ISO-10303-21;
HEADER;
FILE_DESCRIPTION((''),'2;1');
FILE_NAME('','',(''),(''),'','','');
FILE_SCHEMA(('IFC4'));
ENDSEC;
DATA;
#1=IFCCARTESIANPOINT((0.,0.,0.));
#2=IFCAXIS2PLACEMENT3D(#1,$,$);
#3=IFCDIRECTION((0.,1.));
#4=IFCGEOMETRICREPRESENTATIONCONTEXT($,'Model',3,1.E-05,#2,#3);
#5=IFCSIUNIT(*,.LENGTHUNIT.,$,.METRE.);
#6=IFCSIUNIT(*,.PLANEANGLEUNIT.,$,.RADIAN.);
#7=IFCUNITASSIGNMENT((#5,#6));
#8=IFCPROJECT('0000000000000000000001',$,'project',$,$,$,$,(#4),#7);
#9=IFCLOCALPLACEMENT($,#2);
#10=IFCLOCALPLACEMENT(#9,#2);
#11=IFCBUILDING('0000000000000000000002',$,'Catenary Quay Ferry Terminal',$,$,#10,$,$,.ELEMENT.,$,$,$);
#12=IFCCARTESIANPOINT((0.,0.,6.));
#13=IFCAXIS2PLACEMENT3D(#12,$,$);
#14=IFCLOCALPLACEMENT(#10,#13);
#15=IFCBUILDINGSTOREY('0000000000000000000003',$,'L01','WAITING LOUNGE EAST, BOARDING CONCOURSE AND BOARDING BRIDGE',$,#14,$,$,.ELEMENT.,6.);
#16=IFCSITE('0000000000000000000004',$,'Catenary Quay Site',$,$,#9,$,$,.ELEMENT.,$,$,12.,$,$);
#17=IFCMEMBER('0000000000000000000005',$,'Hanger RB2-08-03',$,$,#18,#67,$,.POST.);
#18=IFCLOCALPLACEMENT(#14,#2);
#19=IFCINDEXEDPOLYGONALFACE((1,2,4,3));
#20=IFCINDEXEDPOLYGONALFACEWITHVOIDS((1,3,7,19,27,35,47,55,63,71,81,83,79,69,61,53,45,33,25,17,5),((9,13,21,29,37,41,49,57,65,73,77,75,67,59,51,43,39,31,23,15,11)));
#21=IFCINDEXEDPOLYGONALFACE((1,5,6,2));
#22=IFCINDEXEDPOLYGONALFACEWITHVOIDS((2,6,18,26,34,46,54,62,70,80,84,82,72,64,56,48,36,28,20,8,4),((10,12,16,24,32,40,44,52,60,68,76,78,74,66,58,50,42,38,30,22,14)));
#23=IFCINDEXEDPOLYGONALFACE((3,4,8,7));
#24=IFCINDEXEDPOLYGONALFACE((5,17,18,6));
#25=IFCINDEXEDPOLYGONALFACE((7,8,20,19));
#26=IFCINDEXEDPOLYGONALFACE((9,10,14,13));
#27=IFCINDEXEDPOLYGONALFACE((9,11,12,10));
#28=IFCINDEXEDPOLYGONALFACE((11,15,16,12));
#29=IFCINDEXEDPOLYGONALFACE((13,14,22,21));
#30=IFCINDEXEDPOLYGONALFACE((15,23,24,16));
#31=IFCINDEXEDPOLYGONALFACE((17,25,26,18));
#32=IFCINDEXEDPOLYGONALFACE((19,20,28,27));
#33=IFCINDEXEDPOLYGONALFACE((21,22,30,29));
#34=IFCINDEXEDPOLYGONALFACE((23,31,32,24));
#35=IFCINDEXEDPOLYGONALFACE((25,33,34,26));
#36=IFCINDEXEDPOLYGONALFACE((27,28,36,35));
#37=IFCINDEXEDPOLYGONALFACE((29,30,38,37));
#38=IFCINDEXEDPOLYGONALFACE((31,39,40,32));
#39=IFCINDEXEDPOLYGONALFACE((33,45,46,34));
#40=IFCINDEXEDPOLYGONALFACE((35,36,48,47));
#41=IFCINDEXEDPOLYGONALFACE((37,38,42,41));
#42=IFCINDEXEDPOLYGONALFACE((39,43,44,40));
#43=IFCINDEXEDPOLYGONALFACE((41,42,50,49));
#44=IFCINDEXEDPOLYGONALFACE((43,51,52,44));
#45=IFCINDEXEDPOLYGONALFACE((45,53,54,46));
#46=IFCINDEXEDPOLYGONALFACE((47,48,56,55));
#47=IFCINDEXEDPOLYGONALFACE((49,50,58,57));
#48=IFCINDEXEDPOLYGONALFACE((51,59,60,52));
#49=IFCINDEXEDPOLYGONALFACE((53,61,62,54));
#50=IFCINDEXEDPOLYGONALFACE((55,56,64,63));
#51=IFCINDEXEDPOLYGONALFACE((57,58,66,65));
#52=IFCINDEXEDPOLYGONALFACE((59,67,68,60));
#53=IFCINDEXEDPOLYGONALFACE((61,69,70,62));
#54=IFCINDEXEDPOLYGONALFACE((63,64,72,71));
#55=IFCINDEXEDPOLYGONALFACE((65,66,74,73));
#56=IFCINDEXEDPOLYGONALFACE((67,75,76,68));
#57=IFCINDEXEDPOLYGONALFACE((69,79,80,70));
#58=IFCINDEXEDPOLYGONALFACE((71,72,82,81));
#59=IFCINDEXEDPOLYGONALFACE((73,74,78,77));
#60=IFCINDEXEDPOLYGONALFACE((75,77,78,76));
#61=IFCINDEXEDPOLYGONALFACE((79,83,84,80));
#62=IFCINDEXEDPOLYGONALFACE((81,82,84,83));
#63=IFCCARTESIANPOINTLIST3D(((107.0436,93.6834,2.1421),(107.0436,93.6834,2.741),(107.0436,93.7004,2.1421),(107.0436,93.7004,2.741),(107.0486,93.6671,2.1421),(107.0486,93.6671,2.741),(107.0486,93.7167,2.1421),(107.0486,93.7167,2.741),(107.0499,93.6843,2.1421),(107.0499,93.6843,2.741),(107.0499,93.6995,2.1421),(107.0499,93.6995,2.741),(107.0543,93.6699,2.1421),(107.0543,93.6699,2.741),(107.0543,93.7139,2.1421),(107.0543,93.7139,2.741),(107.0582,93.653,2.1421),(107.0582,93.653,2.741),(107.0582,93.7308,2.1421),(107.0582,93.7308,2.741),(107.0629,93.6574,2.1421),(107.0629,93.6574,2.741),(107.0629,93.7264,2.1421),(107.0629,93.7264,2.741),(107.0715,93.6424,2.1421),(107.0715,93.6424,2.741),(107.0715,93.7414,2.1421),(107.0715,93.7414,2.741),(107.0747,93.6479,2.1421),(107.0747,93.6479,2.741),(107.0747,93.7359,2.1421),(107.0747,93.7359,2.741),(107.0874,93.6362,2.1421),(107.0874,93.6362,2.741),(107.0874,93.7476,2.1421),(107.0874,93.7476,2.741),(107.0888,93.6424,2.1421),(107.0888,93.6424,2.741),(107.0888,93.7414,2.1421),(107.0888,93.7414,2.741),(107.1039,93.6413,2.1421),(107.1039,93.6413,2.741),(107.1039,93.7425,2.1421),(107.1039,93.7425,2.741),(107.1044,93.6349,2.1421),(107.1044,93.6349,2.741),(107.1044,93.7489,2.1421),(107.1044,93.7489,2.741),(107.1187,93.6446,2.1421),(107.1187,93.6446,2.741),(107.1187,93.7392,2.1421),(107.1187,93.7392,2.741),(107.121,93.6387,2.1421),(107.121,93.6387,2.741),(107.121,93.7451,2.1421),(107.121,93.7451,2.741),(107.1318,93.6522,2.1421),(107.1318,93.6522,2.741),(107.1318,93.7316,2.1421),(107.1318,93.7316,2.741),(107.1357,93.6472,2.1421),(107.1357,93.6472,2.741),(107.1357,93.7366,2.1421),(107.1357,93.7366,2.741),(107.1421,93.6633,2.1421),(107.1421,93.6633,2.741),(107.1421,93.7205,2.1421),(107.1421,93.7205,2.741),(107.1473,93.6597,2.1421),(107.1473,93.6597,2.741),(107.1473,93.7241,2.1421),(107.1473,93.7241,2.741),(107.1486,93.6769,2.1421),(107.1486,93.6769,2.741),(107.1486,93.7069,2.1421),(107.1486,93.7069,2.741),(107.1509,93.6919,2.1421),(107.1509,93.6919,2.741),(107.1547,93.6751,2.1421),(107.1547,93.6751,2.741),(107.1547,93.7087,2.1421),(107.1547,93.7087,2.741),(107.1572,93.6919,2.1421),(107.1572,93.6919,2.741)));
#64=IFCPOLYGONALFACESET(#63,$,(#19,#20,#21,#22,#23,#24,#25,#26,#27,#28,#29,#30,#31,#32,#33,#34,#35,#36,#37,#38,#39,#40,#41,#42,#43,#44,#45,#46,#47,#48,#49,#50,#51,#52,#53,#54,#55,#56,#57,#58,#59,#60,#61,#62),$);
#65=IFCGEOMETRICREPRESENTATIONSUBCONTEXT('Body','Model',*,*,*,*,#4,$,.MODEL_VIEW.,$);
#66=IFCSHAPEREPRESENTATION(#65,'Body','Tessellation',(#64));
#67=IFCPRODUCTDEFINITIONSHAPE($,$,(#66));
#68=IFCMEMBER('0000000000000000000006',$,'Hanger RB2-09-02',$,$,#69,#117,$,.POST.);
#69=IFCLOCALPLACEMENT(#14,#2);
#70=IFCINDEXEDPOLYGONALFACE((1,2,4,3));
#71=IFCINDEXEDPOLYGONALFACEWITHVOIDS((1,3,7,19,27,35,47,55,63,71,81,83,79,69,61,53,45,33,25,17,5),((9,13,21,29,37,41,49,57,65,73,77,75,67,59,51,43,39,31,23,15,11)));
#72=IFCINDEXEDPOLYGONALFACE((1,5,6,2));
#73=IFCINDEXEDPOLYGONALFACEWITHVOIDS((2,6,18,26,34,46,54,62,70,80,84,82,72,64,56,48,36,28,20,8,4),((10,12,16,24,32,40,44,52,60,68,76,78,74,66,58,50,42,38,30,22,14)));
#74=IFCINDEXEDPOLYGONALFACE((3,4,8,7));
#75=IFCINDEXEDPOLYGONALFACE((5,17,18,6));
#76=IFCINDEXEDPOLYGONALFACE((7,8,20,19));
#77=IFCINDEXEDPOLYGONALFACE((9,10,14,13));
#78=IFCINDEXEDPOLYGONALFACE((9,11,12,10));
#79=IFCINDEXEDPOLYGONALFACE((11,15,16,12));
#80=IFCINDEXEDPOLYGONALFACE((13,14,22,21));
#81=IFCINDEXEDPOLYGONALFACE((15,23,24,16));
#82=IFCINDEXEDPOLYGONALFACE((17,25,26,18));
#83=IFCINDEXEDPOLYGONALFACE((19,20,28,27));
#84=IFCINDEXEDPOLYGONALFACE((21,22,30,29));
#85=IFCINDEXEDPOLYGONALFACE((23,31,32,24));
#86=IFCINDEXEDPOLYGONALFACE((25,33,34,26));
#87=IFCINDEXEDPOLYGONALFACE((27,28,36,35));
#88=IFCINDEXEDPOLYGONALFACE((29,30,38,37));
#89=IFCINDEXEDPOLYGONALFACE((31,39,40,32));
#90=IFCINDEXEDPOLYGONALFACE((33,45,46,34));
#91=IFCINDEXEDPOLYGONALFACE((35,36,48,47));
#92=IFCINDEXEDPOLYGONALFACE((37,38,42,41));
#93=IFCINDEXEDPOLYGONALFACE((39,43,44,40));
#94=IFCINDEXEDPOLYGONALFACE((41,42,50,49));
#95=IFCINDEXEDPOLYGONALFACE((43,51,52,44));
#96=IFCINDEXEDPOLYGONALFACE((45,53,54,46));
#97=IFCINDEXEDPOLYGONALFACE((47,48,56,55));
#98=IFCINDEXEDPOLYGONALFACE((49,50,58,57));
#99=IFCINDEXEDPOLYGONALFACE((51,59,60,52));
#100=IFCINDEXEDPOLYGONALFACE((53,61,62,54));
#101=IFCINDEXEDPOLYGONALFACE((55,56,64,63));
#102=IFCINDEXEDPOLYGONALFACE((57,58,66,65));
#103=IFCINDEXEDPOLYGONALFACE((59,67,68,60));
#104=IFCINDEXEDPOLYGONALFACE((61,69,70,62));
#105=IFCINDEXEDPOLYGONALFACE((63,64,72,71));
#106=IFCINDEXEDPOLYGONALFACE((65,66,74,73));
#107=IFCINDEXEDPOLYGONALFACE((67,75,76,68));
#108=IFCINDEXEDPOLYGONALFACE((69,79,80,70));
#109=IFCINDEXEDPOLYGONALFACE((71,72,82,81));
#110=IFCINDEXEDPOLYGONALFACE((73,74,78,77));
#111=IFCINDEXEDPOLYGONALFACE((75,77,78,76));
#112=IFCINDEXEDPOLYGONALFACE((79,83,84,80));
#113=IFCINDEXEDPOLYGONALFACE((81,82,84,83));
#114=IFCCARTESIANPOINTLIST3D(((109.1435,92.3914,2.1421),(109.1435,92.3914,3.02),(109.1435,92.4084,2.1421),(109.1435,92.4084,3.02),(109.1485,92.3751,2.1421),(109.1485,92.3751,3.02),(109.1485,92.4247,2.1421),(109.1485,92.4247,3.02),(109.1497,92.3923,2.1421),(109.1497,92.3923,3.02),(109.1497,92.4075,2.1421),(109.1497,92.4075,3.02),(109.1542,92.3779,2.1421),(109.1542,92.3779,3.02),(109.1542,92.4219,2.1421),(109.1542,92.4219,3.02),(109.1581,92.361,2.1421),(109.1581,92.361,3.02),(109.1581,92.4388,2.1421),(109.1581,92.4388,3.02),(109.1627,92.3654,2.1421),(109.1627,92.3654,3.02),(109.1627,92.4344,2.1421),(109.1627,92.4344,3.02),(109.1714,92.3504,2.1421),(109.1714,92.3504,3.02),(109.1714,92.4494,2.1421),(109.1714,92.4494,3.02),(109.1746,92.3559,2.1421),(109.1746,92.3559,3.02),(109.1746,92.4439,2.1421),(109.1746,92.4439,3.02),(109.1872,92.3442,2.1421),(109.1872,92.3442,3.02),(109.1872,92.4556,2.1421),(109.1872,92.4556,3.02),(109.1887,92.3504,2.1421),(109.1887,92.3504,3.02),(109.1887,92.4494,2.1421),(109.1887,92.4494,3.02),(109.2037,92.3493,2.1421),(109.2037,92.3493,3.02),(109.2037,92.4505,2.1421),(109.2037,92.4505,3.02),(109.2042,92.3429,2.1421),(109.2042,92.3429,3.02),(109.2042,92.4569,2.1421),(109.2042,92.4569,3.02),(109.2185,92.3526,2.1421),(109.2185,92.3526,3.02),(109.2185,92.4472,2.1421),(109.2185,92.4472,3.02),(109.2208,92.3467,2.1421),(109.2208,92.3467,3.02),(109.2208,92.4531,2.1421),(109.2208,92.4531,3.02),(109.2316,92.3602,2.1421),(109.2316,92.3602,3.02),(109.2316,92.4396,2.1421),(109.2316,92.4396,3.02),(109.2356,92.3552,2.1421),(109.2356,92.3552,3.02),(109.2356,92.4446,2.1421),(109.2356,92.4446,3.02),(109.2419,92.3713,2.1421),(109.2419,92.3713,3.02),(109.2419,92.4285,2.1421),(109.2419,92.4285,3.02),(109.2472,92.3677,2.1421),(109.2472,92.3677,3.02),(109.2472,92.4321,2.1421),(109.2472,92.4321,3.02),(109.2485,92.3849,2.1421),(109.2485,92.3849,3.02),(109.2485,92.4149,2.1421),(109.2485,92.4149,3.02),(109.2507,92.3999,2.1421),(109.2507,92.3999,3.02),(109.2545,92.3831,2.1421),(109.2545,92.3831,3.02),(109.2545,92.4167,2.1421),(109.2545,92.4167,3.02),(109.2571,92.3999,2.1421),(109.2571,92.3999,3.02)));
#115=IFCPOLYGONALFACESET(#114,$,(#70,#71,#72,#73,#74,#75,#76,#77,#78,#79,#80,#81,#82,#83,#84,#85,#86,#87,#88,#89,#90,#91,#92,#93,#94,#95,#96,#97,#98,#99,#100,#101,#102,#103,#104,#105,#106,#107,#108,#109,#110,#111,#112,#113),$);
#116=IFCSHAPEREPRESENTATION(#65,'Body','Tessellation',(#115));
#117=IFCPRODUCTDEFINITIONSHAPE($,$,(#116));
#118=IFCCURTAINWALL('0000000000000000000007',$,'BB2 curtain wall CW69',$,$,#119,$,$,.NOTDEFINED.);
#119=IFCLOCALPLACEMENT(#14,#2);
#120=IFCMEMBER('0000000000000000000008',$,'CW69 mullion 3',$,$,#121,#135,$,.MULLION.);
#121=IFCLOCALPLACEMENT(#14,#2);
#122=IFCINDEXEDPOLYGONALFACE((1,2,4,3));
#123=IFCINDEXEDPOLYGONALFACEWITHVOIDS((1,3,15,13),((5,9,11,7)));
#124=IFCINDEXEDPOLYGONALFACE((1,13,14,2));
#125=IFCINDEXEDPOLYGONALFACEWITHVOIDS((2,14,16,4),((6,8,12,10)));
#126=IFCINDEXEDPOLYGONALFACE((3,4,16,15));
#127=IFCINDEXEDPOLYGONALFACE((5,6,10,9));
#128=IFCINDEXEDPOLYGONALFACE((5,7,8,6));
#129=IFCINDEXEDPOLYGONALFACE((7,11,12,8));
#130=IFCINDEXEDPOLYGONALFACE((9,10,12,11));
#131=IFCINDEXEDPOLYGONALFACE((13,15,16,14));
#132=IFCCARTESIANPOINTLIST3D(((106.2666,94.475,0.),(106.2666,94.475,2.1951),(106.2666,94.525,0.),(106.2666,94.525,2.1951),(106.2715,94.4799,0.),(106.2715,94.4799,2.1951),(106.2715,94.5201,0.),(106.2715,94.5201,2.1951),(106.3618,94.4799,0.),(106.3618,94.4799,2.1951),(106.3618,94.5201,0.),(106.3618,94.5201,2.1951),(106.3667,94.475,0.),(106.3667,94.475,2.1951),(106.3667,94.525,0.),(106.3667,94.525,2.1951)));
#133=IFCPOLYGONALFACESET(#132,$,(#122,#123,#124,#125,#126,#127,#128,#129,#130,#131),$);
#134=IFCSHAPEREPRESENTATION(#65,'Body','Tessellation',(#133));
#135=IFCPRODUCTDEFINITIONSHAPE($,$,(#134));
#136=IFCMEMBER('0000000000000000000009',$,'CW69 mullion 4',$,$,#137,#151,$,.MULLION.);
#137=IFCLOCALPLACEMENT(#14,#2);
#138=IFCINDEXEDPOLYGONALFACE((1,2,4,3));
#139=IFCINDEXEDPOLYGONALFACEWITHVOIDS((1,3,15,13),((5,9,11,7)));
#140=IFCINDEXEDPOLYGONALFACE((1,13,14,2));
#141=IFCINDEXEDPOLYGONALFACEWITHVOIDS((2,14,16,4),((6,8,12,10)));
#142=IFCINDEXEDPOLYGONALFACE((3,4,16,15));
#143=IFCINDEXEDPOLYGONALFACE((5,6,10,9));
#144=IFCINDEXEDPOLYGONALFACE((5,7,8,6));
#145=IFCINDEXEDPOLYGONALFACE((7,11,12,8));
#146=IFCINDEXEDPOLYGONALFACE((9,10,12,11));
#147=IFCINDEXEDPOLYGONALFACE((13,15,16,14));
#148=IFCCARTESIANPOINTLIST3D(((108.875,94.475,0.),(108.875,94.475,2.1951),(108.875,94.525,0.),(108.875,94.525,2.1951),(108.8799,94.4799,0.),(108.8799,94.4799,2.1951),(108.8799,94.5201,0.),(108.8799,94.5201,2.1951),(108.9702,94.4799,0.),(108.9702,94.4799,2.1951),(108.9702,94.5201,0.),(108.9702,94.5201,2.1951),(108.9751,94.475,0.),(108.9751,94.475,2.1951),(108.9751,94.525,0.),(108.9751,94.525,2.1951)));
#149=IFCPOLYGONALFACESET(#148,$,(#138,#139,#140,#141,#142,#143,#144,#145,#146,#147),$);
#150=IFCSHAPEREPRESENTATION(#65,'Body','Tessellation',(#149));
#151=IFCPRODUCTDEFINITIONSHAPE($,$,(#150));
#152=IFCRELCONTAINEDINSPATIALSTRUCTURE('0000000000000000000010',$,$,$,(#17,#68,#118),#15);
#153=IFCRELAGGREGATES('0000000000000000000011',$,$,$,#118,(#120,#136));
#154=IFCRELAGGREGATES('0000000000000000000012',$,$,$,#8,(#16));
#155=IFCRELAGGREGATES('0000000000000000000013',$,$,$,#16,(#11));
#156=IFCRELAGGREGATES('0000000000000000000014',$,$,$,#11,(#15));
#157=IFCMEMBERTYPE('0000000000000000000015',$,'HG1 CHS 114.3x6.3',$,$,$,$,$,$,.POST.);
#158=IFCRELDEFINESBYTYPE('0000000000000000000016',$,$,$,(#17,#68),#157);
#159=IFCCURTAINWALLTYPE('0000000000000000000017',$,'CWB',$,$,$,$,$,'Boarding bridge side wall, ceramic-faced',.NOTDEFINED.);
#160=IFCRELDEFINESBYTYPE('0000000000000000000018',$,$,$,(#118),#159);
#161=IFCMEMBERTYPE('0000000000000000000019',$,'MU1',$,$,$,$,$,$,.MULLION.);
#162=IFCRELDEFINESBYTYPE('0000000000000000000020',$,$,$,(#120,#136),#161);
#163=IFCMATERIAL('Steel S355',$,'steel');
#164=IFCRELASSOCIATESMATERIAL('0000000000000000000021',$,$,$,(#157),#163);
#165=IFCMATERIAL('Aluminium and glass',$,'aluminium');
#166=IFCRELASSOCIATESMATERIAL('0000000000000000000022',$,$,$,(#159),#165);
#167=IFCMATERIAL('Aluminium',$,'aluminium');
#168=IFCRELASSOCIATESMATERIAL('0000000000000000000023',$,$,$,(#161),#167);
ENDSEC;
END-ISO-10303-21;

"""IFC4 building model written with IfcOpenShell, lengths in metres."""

from ifc_helpers import new_model, si_unit, direction, frame, origin, origin_2d, place, context, subcontext, project, spatial, hollow_rectangle, hollow_circle, extrude, material, material_profile, profile_set, type_object, element, aggregate, save


model = new_model("IFC4")

# Units and contexts
model_context = context("Model", 3, precision=1e-05, world=origin(), true_north=direction((0.0, 1.0)))
body_context = subcontext(model_context, "Body", "Model", "MODEL_VIEW")
ifc_project = project(units=[si_unit("LENGTHUNIT", "METRE"), si_unit("PLANEANGLEUNIT", "RADIAN")], contexts=[model_context])

# Site, building, storey
site_placement = place(None, origin())
site = spatial("IfcSite", under=ifc_project, at=site_placement, Name="Catenary Quay Site", CompositionType="ELEMENT", RefElevation=12.0)
building_placement = place(site_placement, origin())
building = spatial("IfcBuilding", under=site, at=building_placement, Name="Catenary Quay Ferry Terminal", CompositionType="ELEMENT")
storey_placement = place(building_placement, frame((0.0, 0.0, 6.0)))
storey = spatial("IfcBuildingStorey", under=building, at=storey_placement, Name="L01", Description="WAITING LOUNGE EAST, BOARDING CONCOURSE AND BOARDING BRIDGE", CompositionType="ELEMENT", Elevation=6.0)

# Members
ifc_material_1 = material(Name="Steel S355", Category="steel")
ifc_material_profile_1 = material_profile(ifc_material_1, hollow_circle(Radius=0.0571, WallThickness=0.0063, at=origin_2d()), Name="CHS 114.3x6.3")
ifc_profile_set_1 = profile_set([ifc_material_profile_1], Name="Steel S355")
member_type_1 = type_object("IfcMemberType", Name="HG1 CHS 114.3x6.3", PredefinedType="POST", material=ifc_profile_set_1)
member_1_placement = place(storey_placement, frame((107.1001, 93.6919, 2.1421), z_axis=(0.0, 0.0, 1.0), x_axis=(1.0, 0.0, 0.0)))
element("IfcMember", 1, at=member_1_placement, inside=storey, type_object=member_type_1, Name="Hanger RB2-08-03", PredefinedType="POST", context=body_context, shape_type="SweptSolid", body=[
    extrude(hollow_circle(Radius=0.0571, WallThickness=0.0063, at=origin_2d()), origin(), (0.0, 0.0, 1.0), 0.5989),
])
member_2_placement = place(storey_placement, frame((109.2, 92.3999, 2.1421), z_axis=(0.0, 0.0, 1.0), x_axis=(1.0, 0.0, 0.0)))
element("IfcMember", 2, at=member_2_placement, inside=storey, type_object=member_type_1, Name="Hanger RB2-09-02", PredefinedType="POST", context=body_context, shape_type="SweptSolid", body=[
    extrude(hollow_circle(Radius=0.0571, WallThickness=0.0063, at=origin_2d()), origin(), (0.0, 0.0, 1.0), 0.8779),
])

# Curtain wall, members
ifc_material_2 = material(Name="Aluminium and glass", Category="aluminium")
curtain_wall_type = type_object("IfcCurtainWallType", Name="CWB", ElementType="Boarding bridge side wall, ceramic-faced", PredefinedType="NOTDEFINED", material=ifc_material_2)
curtain_wall_placement = place(storey_placement, origin())
curtain_wall = element("IfcCurtainWall", 3, at=curtain_wall_placement, inside=storey, type_object=curtain_wall_type, Name="BB2 curtain wall CW69", PredefinedType="NOTDEFINED")
ifc_material_3 = material(Name="Aluminium", Category="aluminium")
ifc_material_profile_2 = material_profile(ifc_material_3, hollow_rectangle(XDim=0.05, YDim=0.1001, WallThickness=0.0049, at=origin_2d()), Name="MU1")
ifc_profile_set_2 = profile_set([ifc_material_profile_2], Name="Aluminium")
member_type_2 = type_object("IfcMemberType", Name="MU1", PredefinedType="MULLION", material=ifc_profile_set_2)
member_3_placement = place(storey_placement, frame((106.3167, 94.5, 0.0), z_axis=(0.0, 0.0, 1.0), x_axis=(0.0, 1.0, 0.0)))
member_3 = element("IfcMember", 4, at=member_3_placement, type_object=member_type_2, Name="CW69 mullion 3", PredefinedType="MULLION", context=body_context, shape_type="SweptSolid", body=[
    extrude(hollow_rectangle(XDim=0.05, YDim=0.1001, WallThickness=0.0049, at=origin_2d()), origin(), (0.0, 0.0, 1.0), 2.1951),
])
member_4_placement = place(storey_placement, frame((108.925, 94.5, 0.0), z_axis=(0.0, 0.0, 1.0), x_axis=(0.0, 1.0, 0.0)))
member_4 = element("IfcMember", 5, at=member_4_placement, type_object=member_type_2, Name="CW69 mullion 4", PredefinedType="MULLION", context=body_context, shape_type="SweptSolid", body=[
    extrude(hollow_rectangle(XDim=0.05, YDim=0.1001, WallThickness=0.0049, at=origin_2d()), origin(), (0.0, 0.0, 1.0), 2.1951),
])

aggregate(curtain_wall, [member_3, member_4])

save(model, "model.ifc")
